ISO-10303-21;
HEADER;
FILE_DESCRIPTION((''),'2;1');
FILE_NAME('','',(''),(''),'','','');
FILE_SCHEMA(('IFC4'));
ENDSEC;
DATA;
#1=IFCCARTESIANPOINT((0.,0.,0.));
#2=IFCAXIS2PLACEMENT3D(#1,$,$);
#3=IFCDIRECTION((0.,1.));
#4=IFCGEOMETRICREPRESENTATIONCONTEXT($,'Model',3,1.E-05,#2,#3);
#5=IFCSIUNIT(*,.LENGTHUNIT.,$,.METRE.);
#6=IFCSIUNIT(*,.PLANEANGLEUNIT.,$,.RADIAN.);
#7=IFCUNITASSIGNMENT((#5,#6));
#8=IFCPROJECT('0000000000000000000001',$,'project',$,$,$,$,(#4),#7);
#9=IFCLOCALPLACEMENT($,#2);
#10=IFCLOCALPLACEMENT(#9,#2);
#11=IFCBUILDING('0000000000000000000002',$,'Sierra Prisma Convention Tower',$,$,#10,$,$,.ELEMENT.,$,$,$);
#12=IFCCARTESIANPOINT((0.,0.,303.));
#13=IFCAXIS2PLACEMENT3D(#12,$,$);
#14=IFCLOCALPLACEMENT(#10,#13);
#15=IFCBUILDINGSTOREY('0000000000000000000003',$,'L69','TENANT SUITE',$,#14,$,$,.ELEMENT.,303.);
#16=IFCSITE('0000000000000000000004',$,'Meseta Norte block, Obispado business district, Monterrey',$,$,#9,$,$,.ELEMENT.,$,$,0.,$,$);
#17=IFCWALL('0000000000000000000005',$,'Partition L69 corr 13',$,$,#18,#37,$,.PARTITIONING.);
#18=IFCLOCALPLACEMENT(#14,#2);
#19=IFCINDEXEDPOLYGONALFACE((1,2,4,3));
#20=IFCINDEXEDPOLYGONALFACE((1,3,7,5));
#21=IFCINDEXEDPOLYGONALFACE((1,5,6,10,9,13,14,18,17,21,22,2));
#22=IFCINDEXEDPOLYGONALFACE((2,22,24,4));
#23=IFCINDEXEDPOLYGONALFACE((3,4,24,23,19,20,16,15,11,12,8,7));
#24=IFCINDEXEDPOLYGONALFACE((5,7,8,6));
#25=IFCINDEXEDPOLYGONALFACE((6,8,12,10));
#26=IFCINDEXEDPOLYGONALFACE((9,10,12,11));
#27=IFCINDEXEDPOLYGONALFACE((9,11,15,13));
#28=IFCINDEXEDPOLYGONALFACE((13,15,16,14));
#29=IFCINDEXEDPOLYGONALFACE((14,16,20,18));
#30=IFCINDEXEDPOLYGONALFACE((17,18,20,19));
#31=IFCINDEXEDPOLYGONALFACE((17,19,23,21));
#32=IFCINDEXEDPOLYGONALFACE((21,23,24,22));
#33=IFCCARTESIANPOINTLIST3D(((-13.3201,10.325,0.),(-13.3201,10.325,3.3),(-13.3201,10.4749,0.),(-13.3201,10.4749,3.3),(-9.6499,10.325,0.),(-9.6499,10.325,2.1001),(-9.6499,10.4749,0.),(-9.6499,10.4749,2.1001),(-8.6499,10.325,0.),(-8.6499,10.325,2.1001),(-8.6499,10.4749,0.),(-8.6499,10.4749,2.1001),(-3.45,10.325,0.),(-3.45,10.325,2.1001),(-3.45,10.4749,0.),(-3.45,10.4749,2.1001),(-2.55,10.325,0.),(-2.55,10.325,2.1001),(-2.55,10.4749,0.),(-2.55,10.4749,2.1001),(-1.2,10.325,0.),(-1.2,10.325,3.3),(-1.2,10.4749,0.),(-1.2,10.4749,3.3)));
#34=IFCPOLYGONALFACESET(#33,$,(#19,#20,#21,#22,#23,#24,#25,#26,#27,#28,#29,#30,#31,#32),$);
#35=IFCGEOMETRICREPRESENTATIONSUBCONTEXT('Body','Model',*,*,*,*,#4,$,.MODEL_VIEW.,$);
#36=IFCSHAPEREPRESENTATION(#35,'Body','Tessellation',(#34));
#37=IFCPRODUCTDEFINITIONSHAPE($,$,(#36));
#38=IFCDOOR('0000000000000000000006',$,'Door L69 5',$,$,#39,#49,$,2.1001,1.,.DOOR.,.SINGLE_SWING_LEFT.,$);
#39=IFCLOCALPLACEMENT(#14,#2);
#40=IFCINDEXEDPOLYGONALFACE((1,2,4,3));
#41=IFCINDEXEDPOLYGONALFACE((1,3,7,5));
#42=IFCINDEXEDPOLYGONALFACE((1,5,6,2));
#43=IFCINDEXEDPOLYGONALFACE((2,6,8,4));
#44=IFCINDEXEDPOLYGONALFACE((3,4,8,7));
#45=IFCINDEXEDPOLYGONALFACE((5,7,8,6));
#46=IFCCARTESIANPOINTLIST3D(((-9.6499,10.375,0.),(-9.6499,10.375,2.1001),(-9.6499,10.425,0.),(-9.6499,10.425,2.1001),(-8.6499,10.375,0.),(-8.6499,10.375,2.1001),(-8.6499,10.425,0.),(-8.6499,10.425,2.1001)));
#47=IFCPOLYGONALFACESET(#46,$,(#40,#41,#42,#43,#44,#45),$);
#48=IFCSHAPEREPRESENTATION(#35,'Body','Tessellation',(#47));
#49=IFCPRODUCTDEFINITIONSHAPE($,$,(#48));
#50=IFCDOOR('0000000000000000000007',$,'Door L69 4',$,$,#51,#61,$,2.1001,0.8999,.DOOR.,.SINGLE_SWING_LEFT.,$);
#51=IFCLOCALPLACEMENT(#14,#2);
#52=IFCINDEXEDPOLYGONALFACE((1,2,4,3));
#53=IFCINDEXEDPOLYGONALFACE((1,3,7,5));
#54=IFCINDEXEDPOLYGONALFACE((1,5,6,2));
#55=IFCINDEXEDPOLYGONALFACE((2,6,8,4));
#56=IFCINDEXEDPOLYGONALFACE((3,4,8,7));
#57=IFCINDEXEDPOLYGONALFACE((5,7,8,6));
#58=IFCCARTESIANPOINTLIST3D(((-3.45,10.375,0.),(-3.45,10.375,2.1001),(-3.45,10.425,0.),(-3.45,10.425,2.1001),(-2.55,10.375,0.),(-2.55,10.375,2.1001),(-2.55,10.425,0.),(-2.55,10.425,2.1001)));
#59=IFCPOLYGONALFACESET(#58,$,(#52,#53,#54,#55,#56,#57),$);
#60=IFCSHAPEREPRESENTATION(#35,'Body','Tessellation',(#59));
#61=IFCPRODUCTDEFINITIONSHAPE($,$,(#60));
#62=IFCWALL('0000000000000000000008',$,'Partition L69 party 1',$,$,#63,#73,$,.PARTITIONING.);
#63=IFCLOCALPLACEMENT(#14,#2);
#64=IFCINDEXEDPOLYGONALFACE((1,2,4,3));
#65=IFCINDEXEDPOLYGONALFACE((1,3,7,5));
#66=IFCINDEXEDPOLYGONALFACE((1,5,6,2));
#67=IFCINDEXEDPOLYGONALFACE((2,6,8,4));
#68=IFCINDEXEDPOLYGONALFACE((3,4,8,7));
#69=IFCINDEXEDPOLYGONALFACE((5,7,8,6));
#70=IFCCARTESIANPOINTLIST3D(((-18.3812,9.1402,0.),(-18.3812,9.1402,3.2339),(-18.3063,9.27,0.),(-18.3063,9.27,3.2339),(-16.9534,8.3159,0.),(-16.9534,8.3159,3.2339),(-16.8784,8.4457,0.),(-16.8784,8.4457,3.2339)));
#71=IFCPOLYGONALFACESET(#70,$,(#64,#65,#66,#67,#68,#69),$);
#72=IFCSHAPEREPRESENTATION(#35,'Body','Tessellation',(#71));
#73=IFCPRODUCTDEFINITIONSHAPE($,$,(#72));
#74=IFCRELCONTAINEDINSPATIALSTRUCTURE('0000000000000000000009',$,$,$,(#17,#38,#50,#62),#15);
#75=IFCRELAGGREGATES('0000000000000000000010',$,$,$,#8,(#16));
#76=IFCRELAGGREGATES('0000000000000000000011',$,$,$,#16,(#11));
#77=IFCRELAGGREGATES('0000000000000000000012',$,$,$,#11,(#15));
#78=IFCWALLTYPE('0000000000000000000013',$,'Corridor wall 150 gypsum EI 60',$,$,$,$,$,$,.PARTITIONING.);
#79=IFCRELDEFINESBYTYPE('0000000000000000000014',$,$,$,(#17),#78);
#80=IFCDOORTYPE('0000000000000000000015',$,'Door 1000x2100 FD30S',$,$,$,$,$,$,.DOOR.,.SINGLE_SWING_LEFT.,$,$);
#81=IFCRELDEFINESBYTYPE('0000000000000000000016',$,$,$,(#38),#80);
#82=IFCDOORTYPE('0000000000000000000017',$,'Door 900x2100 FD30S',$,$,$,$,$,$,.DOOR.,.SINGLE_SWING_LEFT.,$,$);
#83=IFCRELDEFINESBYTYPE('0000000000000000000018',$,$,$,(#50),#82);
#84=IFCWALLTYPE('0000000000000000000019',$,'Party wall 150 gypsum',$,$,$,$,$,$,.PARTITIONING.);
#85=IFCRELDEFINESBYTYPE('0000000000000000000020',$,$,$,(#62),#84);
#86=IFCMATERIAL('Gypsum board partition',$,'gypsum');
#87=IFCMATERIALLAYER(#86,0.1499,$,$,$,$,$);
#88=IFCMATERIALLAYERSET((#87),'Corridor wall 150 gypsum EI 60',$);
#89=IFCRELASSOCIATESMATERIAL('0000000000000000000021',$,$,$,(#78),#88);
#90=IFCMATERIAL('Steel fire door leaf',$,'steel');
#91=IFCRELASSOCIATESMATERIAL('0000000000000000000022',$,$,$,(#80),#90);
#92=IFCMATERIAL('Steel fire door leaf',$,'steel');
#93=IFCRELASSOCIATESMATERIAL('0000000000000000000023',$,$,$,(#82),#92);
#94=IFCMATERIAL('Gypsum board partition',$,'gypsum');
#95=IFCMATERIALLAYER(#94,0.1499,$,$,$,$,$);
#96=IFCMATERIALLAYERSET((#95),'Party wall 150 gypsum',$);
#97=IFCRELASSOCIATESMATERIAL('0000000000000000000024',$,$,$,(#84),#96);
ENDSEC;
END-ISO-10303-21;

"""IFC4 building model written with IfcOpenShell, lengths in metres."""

from ifc_helpers import new_model, si_unit, direction, frame, frame_2d, origin, place, context, subcontext, project, spatial, rectangle, extrude, material, layer, layer_set, type_object, element, fill, save


model = new_model("IFC4")

# Units and contexts
model_context = context("Model", 3, precision=1e-05, world=origin(), true_north=direction((0.0, 1.0)))
body_context = subcontext(model_context, "Body", "Model", "MODEL_VIEW")
ifc_project = project(units=[si_unit("LENGTHUNIT", "METRE"), si_unit("PLANEANGLEUNIT", "RADIAN")], contexts=[model_context])

# Site, building, storey
site_placement = place(None, origin())
site = spatial("IfcSite", under=ifc_project, at=site_placement, Name="Meseta Norte block, Obispado business district, Monterrey", CompositionType="ELEMENT", RefElevation=0.0)
building_placement = place(site_placement, origin())
building = spatial("IfcBuilding", under=site, at=building_placement, Name="Sierra Prisma Convention Tower", CompositionType="ELEMENT")
storey_placement = place(building_placement, frame((0.0, 0.0, 303.0)))
storey = spatial("IfcBuildingStorey", under=building, at=storey_placement, Name="L69", Description="TENANT SUITE", CompositionType="ELEMENT", Elevation=303.0)

# Shared definitions
ifc_material_1 = material(Name="Gypsum board partition", Category="gypsum")
ifc_layer_1 = layer(ifc_material_1, 0.1499)
ifc_layer_set_1 = layer_set([ifc_layer_1], Name="Corridor wall 150 gypsum EI 60")
wall_type_1 = type_object("IfcWallType", Name="Corridor wall 150 gypsum EI 60", PredefinedType="PARTITIONING", material=ifc_layer_set_1)

# Wall, openings, doors
wall_1_placement = place(storey_placement, frame((-1.2, 10.3999, 0.0), z_axis=(0.0, 0.0, 1.0), x_axis=(-1.0, 0.0, 0.0)))
wall_1 = element("IfcWall", 1, at=wall_1_placement, inside=storey, type_object=wall_type_1, Name="Partition L69 corr 13", PredefinedType="PARTITIONING", context=body_context, shape_type="SweptSolid", body=[
    extrude(rectangle(XDim=12.1201, YDim=0.1499, at=frame_2d((6.0601, 0.0))), origin(), (0.0, 0.0, 1.0), 3.3),
])
opening_1_placement = place(wall_1_placement, frame((1.3501, 0.0, 0.0)))
opening_1 = element("IfcOpeningElement", 2, at=opening_1_placement, cuts=wall_1, PredefinedType="OPENING", context=body_context, shape_type="SweptSolid", body=[
    extrude(rectangle(XDim=0.8999, YDim=2.1001, at=frame_2d((0.45, 1.05))), frame((0.0, 0.075, 0.0), z_axis=(0.0, -1.0, 0.0), x_axis=(1.0, 0.0, 0.0)), (0.0, 0.0, 1.0), 0.1499),
])
opening_2_placement = place(wall_1_placement, frame((7.45, 0.0, 0.0)))
opening_2 = element("IfcOpeningElement", 3, at=opening_2_placement, cuts=wall_1, PredefinedType="OPENING", context=body_context, shape_type="SweptSolid", body=[
    extrude(rectangle(XDim=1.0, YDim=2.1001, at=frame_2d((0.5, 1.05))), frame((0.0, 0.075, 0.0), z_axis=(0.0, -1.0, 0.0), x_axis=(1.0, 0.0, 0.0)), (0.0, 0.0, 1.0), 0.1499),
])
ifc_material_2 = material(Name="Steel fire door leaf", Category="steel")
door_type_1 = type_object("IfcDoorType", Name="Door 1000x2100 FD30S", OperationType="SINGLE_SWING_LEFT", PredefinedType="DOOR", material=ifc_material_2)
door_1_placement = place(opening_2_placement, origin())
door_1 = element("IfcDoor", 4, at=door_1_placement, inside=storey, type_object=door_type_1, Name="Door L69 5", OperationType="SINGLE_SWING_LEFT", OverallHeight=2.1001, OverallWidth=1.0, PredefinedType="DOOR", context=body_context, shape_type="SweptSolid", body=[
    extrude(rectangle(XDim=1.0, YDim=2.1001, at=frame_2d((0.5, 1.05))), frame((0.0, 0.0249, 0.0), z_axis=(0.0, -1.0, 0.0), x_axis=(1.0, 0.0, 0.0)), (0.0, 0.0, 1.0), 0.05),
])
fill(opening_2, door_1)
ifc_material_3 = material(Name="Steel fire door leaf", Category="steel")
door_type_2 = type_object("IfcDoorType", Name="Door 900x2100 FD30S", OperationType="SINGLE_SWING_LEFT", PredefinedType="DOOR", material=ifc_material_3)
door_2_placement = place(opening_1_placement, origin())
door_2 = element("IfcDoor", 5, at=door_2_placement, inside=storey, type_object=door_type_2, Name="Door L69 4", OperationType="SINGLE_SWING_LEFT", OverallHeight=2.1001, OverallWidth=0.8999, PredefinedType="DOOR", context=body_context, shape_type="SweptSolid", body=[
    extrude(rectangle(XDim=0.8999, YDim=2.1001, at=frame_2d((0.45, 1.05))), frame((0.0, 0.0249, 0.0), z_axis=(0.0, -1.0, 0.0), x_axis=(1.0, 0.0, 0.0)), (0.0, 0.0, 1.0), 0.05),
])
fill(opening_1, door_2)

# Wall
ifc_material_4 = material(Name="Gypsum board partition", Category="gypsum")
ifc_layer_2 = layer(ifc_material_4, 0.1499)
ifc_layer_set_2 = layer_set([ifc_layer_2], Name="Party wall 150 gypsum")
wall_type_2 = type_object("IfcWallType", Name="Party wall 150 gypsum", PredefinedType="PARTITIONING", material=ifc_layer_set_2)
wall_2_placement = place(storey_placement, frame((-16.916, 8.3809, 0.0), z_axis=(0.0, 0.0, 1.0), x_axis=(-0.866047, 0.499962, 0.0)))
element("IfcWall", 6, at=wall_2_placement, inside=storey, type_object=wall_type_2, Name="Partition L69 party 1", PredefinedType="PARTITIONING", context=body_context, shape_type="SweptSolid", body=[
    extrude(rectangle(XDim=1.6487, YDim=0.1499, at=frame_2d((0.8242, 0.0))), origin(), (0.0, 0.0, 1.0), 3.2339),
])

save(model, "model.ifc")
